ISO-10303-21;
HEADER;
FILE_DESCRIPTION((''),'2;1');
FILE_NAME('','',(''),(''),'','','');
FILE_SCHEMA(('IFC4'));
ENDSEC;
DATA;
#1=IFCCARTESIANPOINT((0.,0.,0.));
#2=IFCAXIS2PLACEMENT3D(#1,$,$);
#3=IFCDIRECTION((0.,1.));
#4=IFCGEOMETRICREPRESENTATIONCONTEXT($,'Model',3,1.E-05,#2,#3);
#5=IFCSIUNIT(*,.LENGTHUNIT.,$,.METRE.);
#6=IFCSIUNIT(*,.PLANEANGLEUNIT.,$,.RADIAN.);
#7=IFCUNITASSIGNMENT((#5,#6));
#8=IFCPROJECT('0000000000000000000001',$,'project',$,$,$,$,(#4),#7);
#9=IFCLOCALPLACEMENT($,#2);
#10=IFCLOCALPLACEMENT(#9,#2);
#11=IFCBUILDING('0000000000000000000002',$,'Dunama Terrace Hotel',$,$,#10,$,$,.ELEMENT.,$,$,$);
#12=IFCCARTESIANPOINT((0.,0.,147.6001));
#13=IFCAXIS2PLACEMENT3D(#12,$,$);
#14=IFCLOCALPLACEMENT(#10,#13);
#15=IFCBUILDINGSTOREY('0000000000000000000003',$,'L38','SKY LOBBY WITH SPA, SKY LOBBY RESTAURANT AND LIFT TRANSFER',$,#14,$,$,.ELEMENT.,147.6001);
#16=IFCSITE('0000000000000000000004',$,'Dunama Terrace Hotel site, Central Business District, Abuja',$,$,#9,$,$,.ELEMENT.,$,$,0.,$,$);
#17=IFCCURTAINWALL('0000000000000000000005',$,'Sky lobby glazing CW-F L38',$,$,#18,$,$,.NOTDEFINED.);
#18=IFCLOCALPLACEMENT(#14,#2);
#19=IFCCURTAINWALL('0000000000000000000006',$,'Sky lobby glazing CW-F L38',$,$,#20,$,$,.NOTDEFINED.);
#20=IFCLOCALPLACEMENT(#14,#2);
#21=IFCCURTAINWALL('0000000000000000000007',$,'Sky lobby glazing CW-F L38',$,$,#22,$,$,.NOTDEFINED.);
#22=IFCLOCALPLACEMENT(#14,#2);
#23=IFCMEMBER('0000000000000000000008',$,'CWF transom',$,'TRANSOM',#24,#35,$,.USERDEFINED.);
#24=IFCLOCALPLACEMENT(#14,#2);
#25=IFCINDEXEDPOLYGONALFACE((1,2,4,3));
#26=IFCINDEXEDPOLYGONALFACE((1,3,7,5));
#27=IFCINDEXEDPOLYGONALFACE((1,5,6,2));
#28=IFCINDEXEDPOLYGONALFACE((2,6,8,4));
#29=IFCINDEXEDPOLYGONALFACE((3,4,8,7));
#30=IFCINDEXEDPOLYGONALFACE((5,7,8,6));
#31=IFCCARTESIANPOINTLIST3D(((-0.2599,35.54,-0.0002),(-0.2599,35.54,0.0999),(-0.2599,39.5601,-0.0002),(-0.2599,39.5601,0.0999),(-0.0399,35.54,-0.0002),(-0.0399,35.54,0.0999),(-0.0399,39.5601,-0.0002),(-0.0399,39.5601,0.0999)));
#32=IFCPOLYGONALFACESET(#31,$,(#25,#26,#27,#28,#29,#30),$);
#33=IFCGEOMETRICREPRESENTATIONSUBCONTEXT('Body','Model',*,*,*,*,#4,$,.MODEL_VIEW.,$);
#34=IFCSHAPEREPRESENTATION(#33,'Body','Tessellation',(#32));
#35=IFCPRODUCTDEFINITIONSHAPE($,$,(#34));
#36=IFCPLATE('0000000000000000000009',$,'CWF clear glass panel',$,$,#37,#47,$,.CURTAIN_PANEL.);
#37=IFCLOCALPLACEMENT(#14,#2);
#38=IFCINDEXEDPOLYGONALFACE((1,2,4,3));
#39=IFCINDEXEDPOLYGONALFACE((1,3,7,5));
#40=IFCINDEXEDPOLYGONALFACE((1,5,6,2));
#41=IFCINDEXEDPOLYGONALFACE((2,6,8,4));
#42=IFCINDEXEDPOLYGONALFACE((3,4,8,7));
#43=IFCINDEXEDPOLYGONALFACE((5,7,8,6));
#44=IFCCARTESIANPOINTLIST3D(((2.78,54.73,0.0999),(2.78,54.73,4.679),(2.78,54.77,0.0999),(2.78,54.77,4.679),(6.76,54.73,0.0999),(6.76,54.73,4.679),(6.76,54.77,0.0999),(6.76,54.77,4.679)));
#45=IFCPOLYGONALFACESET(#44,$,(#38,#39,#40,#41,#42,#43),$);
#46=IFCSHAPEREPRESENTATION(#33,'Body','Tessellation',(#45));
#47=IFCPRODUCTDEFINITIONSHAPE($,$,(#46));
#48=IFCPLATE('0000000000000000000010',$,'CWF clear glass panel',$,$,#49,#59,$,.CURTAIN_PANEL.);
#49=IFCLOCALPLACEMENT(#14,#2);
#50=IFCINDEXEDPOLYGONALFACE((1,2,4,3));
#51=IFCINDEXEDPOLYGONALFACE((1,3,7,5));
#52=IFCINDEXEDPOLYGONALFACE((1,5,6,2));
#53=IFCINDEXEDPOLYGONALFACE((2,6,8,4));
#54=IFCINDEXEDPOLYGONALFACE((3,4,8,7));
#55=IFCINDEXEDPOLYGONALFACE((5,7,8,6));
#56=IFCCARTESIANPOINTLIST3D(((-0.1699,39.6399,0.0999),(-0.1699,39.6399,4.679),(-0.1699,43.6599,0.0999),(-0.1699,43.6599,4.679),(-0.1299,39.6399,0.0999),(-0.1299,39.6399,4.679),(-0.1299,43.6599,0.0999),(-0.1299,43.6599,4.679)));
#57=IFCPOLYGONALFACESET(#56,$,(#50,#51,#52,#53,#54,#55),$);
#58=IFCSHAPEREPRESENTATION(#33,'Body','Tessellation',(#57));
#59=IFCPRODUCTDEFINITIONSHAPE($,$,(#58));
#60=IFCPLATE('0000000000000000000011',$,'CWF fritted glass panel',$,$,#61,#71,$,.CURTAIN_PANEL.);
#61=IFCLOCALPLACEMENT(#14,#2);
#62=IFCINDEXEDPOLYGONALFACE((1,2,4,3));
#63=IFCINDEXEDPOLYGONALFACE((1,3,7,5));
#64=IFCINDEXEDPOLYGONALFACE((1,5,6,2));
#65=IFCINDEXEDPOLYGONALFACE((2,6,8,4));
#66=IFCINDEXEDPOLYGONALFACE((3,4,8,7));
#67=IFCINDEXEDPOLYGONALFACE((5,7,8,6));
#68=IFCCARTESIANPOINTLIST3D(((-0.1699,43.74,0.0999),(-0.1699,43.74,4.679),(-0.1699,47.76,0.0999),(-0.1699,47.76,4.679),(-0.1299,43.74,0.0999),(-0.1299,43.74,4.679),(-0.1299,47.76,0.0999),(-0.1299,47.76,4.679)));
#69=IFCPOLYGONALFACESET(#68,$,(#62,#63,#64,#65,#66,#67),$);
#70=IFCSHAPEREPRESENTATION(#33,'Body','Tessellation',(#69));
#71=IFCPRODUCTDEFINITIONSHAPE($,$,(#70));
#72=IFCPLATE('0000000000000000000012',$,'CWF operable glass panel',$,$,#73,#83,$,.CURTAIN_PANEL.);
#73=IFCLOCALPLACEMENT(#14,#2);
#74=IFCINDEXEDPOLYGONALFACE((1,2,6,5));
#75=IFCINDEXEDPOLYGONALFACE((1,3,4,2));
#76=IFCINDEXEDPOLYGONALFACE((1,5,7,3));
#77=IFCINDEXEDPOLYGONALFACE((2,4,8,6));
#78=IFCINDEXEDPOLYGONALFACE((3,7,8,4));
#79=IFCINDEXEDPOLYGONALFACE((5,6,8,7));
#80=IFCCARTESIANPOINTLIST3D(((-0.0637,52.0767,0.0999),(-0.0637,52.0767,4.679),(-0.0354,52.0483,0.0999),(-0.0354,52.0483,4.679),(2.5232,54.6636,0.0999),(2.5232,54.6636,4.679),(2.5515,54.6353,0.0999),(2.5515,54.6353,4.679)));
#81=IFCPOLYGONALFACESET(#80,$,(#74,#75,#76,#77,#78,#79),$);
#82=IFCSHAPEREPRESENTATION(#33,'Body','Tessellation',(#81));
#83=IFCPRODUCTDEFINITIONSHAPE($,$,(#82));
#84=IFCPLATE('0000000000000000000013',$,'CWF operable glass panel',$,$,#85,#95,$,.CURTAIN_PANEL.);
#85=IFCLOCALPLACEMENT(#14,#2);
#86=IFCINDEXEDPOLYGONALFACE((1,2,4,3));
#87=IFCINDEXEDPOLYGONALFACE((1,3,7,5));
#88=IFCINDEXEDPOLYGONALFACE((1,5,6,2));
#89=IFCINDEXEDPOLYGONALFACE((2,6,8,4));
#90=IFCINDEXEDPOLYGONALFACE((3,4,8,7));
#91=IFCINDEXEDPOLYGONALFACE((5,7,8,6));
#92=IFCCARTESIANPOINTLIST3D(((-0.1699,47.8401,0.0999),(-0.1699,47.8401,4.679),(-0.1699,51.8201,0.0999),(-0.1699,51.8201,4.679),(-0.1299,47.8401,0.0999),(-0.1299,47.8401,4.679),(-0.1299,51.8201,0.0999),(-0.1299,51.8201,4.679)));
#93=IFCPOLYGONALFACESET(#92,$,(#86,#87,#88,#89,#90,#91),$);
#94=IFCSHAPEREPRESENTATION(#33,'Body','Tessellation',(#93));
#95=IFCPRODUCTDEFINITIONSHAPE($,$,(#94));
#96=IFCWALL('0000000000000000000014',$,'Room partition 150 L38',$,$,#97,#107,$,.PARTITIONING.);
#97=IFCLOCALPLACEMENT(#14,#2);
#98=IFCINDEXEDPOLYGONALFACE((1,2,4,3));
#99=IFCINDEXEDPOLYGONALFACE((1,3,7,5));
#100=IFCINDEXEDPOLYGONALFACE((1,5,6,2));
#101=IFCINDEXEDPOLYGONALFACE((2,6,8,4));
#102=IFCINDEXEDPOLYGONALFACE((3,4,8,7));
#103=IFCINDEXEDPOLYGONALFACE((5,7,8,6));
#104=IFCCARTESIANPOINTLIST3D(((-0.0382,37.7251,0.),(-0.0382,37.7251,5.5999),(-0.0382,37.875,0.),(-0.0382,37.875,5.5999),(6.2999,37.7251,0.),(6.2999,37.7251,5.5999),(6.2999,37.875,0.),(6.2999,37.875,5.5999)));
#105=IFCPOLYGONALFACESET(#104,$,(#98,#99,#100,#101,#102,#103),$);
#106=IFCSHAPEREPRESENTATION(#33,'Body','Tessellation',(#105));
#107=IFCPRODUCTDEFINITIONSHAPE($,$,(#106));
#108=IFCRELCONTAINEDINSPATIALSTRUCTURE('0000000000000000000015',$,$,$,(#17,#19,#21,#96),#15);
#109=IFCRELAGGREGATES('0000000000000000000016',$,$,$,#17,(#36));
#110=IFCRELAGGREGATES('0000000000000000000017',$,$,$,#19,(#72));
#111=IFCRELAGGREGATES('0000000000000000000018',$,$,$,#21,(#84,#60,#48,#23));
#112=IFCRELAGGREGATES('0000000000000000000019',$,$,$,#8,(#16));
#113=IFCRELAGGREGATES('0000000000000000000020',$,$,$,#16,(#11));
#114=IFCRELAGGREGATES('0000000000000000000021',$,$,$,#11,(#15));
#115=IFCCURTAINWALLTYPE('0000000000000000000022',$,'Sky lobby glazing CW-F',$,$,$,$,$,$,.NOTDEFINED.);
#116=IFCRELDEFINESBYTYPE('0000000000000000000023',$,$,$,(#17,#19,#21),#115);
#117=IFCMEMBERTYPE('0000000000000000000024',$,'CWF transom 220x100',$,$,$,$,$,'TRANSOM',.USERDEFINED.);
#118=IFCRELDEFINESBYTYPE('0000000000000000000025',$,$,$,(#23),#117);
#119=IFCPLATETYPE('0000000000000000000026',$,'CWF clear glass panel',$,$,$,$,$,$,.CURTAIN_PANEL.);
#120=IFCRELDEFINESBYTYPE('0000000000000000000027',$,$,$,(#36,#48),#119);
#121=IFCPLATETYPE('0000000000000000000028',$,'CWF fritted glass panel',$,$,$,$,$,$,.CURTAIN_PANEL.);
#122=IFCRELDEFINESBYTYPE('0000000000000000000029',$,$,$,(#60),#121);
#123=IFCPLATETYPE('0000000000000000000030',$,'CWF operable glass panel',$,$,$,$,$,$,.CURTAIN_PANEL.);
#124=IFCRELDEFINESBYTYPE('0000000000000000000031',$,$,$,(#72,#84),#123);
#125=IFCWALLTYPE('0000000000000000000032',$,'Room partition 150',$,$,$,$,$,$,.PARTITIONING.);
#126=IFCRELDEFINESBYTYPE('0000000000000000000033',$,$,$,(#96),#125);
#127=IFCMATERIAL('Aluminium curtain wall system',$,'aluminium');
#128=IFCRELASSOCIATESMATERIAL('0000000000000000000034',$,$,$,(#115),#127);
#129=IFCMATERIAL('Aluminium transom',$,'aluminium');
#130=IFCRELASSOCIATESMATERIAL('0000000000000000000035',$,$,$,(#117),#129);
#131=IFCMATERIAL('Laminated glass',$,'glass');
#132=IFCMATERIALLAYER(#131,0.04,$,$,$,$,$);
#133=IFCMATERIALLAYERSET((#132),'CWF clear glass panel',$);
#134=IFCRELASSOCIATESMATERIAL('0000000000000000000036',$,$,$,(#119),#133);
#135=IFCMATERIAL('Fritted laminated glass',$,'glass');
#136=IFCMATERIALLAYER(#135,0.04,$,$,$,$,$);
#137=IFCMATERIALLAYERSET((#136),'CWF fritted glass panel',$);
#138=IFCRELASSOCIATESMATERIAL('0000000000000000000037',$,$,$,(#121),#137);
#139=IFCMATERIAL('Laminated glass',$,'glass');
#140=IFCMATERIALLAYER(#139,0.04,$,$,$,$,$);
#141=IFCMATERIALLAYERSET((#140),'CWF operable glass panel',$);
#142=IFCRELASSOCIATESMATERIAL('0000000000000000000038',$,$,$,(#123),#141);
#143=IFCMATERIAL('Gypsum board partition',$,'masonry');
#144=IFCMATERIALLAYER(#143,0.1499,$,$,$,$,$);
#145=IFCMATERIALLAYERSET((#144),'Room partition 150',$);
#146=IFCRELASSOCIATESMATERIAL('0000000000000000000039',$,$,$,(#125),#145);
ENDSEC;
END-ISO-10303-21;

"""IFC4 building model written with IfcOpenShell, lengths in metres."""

from ifc_helpers import new_model, si_unit, direction, frame, frame_2d, origin, origin_2d, place, context, subcontext, project, spatial, rectangle, extrude, material, layer, layer_set, material_profile, profile_set, type_object, element, aggregate, save


model = new_model("IFC4")

# Units and contexts
model_context = context("Model", 3, precision=1e-05, world=origin(), true_north=direction((0.0, 1.0)))
body_context = subcontext(model_context, "Body", "Model", "MODEL_VIEW")
ifc_project = project(units=[si_unit("LENGTHUNIT", "METRE"), si_unit("PLANEANGLEUNIT", "RADIAN")], contexts=[model_context])

# Site, building, storey
site_placement = place(None, origin())
site = spatial("IfcSite", under=ifc_project, at=site_placement, Name="Dunama Terrace Hotel site, Central Business District, Abuja", CompositionType="ELEMENT", RefElevation=0.0)
building_placement = place(site_placement, origin())
building = spatial("IfcBuilding", under=site, at=building_placement, Name="Dunama Terrace Hotel", CompositionType="ELEMENT")
storey_placement = place(building_placement, frame((0.0, 0.0, 147.6001)))
storey = spatial("IfcBuildingStorey", under=building, at=storey_placement, Name="L38", Description="SKY LOBBY WITH SPA, SKY LOBBY RESTAURANT AND LIFT TRANSFER", CompositionType="ELEMENT", Elevation=147.6001)

# Curtain wall
ifc_material_1 = material(Name="Aluminium curtain wall system", Category="aluminium")
curtain_wall_type = type_object("IfcCurtainWallType", Name="Sky lobby glazing CW-F", PredefinedType="NOTDEFINED", material=ifc_material_1)
curtain_wall_1_placement = place(storey_placement, origin())
curtain_wall_1 = element("IfcCurtainWall", 1, at=curtain_wall_1_placement, inside=storey, type_object=curtain_wall_type, Name="Sky lobby glazing CW-F L38", PredefinedType="NOTDEFINED")

# Curtain walls
curtain_wall_2_placement = place(storey_placement, origin())
curtain_wall_2 = element("IfcCurtainWall", 2, at=curtain_wall_2_placement, inside=storey, type_object=curtain_wall_type, Name="Sky lobby glazing CW-F L38", PredefinedType="NOTDEFINED")
curtain_wall_3_placement = place(storey_placement, origin())
curtain_wall_3 = element("IfcCurtainWall", 3, at=curtain_wall_3_placement, inside=storey, type_object=curtain_wall_type, Name="Sky lobby glazing CW-F L38", PredefinedType="NOTDEFINED")

# Member
ifc_material_2 = material(Name="Aluminium transom", Category="aluminium")
ifc_material_profile_1 = material_profile(ifc_material_2, rectangle(XDim=0.22, YDim=0.1001, at=origin_2d()), Name="CWF TRANSOM 220X100")
ifc_profile_set_1 = profile_set([ifc_material_profile_1], Name="Aluminium transom")
member_type_1 = type_object("IfcMemberType", Name="CWF transom 220x100", ElementType="TRANSOM", PredefinedType="USERDEFINED", material=ifc_profile_set_1)
member_1_placement = place(storey_placement, frame((-0.1499, 39.5601, 0.0498), z_axis=(0.0, -1.0, 0.0), x_axis=(1.0, 0.0, 0.0)))
member_1 = element("IfcMember", 4, at=member_1_placement, type_object=member_type_1, Name="CWF transom", ObjectType="TRANSOM", PredefinedType="USERDEFINED", context=body_context, shape_type="SweptSolid", body=[
    extrude(rectangle(XDim=0.22, YDim=0.1001, at=origin_2d()), origin(), (0.0, 0.0, 1.0), 4.02),
])

# Plates
ifc_material_3 = material(Name="Laminated glass", Category="glass")
ifc_layer_1 = layer(ifc_material_3, 0.04)
ifc_layer_set_1 = layer_set([ifc_layer_1], Name="CWF clear glass panel")
plate_type_1 = type_object("IfcPlateType", Name="CWF clear glass panel", PredefinedType="CURTAIN_PANEL", material=ifc_layer_set_1)
plate_1_placement = place(storey_placement, frame((4.77, 54.75, 0.0999), z_axis=(0.0, 0.0, 1.0), x_axis=(-1.0, 0.0, 0.0)))
plate_1 = element("IfcPlate", 5, at=plate_1_placement, type_object=plate_type_1, Name="CWF clear glass panel", PredefinedType="CURTAIN_PANEL", context=body_context, shape_type="SweptSolid", body=[
    extrude(rectangle(XDim=3.98, YDim=0.04, at=origin_2d()), origin(), (0.0, 0.0, 1.0), 4.5791),
])
aggregate(curtain_wall_1, [plate_1])
plate_2_placement = place(storey_placement, frame((-0.1499, 41.6499, 0.0999), z_axis=(0.0, 0.0, 1.0), x_axis=(0.0, -1.0, 0.0)))
plate_2 = element("IfcPlate", 6, at=plate_2_placement, type_object=plate_type_1, Name="CWF clear glass panel", PredefinedType="CURTAIN_PANEL", context=body_context, shape_type="SweptSolid", body=[
    extrude(rectangle(XDim=4.02, YDim=0.04, at=origin_2d()), origin(), (0.0, 0.0, 1.0), 4.5791),
])
ifc_material_4 = material(Name="Fritted laminated glass", Category="glass")
ifc_layer_2 = layer(ifc_material_4, 0.04)
ifc_layer_set_2 = layer_set([ifc_layer_2], Name="CWF fritted glass panel")
plate_type_2 = type_object("IfcPlateType", Name="CWF fritted glass panel", PredefinedType="CURTAIN_PANEL", material=ifc_layer_set_2)
plate_3_placement = place(storey_placement, frame((-0.1499, 45.75, 0.0999), z_axis=(0.0, 0.0, 1.0), x_axis=(0.0, -1.0, 0.0)))
plate_3 = element("IfcPlate", 7, at=plate_3_placement, type_object=plate_type_2, Name="CWF fritted glass panel", PredefinedType="CURTAIN_PANEL", context=body_context, shape_type="SweptSolid", body=[
    extrude(rectangle(XDim=4.02, YDim=0.04, at=origin_2d()), origin(), (0.0, 0.0, 1.0), 4.5791),
])
ifc_material_5 = material(Name="Laminated glass", Category="glass")
ifc_layer_3 = layer(ifc_material_5, 0.04)
ifc_layer_set_3 = layer_set([ifc_layer_3], Name="CWF operable glass panel")
plate_type_3 = type_object("IfcPlateType", Name="CWF operable glass panel", PredefinedType="CURTAIN_PANEL", material=ifc_layer_set_3)
plate_4_placement = place(storey_placement, frame((1.2439, 53.356, 0.0999), z_axis=(0.0, 0.0, 1.0), x_axis=(-0.707107, -0.707107, 0.0)))
plate_4 = element("IfcPlate", 8, at=plate_4_placement, type_object=plate_type_3, Name="CWF operable glass panel", PredefinedType="CURTAIN_PANEL", context=body_context, shape_type="SweptSolid", body=[
    extrude(rectangle(XDim=3.6584, YDim=0.04, at=origin_2d()), origin(), (0.0, 0.0, 1.0), 4.5791),
])
aggregate(curtain_wall_2, [plate_4])
plate_5_placement = place(storey_placement, frame((-0.1499, 49.8301, 0.0999), z_axis=(0.0, 0.0, 1.0), x_axis=(0.0, -1.0, 0.0)))
plate_5 = element("IfcPlate", 9, at=plate_5_placement, type_object=plate_type_3, Name="CWF operable glass panel", PredefinedType="CURTAIN_PANEL", context=body_context, shape_type="SweptSolid", body=[
    extrude(rectangle(XDim=3.98, YDim=0.04, at=origin_2d()), origin(), (0.0, 0.0, 1.0), 4.5791),
])
aggregate(curtain_wall_3, [plate_5, plate_3, plate_2, member_1])

# Wall
ifc_material_6 = material(Name="Gypsum board partition", Category="masonry")
ifc_layer_4 = layer(ifc_material_6, 0.1499)
ifc_layer_set_4 = layer_set([ifc_layer_4], Name="Room partition 150")
wall_type = type_object("IfcWallType", Name="Room partition 150", PredefinedType="PARTITIONING", material=ifc_layer_set_4)
wall_placement = place(storey_placement, frame((-0.0381, 37.8, 0.0), z_axis=(0.0, 0.0, 1.0), x_axis=(1.0, 0.0, 0.0)))
element("IfcWall", 10, at=wall_placement, inside=storey, type_object=wall_type, Name="Room partition 150 L38", PredefinedType="PARTITIONING", context=body_context, shape_type="SweptSolid", body=[
    extrude(rectangle(XDim=6.3381, YDim=0.1499, at=frame_2d((3.1689, 0.0))), origin(), (0.0, 0.0, 1.0), 5.5999),
])

save(model, "model.ifc")
